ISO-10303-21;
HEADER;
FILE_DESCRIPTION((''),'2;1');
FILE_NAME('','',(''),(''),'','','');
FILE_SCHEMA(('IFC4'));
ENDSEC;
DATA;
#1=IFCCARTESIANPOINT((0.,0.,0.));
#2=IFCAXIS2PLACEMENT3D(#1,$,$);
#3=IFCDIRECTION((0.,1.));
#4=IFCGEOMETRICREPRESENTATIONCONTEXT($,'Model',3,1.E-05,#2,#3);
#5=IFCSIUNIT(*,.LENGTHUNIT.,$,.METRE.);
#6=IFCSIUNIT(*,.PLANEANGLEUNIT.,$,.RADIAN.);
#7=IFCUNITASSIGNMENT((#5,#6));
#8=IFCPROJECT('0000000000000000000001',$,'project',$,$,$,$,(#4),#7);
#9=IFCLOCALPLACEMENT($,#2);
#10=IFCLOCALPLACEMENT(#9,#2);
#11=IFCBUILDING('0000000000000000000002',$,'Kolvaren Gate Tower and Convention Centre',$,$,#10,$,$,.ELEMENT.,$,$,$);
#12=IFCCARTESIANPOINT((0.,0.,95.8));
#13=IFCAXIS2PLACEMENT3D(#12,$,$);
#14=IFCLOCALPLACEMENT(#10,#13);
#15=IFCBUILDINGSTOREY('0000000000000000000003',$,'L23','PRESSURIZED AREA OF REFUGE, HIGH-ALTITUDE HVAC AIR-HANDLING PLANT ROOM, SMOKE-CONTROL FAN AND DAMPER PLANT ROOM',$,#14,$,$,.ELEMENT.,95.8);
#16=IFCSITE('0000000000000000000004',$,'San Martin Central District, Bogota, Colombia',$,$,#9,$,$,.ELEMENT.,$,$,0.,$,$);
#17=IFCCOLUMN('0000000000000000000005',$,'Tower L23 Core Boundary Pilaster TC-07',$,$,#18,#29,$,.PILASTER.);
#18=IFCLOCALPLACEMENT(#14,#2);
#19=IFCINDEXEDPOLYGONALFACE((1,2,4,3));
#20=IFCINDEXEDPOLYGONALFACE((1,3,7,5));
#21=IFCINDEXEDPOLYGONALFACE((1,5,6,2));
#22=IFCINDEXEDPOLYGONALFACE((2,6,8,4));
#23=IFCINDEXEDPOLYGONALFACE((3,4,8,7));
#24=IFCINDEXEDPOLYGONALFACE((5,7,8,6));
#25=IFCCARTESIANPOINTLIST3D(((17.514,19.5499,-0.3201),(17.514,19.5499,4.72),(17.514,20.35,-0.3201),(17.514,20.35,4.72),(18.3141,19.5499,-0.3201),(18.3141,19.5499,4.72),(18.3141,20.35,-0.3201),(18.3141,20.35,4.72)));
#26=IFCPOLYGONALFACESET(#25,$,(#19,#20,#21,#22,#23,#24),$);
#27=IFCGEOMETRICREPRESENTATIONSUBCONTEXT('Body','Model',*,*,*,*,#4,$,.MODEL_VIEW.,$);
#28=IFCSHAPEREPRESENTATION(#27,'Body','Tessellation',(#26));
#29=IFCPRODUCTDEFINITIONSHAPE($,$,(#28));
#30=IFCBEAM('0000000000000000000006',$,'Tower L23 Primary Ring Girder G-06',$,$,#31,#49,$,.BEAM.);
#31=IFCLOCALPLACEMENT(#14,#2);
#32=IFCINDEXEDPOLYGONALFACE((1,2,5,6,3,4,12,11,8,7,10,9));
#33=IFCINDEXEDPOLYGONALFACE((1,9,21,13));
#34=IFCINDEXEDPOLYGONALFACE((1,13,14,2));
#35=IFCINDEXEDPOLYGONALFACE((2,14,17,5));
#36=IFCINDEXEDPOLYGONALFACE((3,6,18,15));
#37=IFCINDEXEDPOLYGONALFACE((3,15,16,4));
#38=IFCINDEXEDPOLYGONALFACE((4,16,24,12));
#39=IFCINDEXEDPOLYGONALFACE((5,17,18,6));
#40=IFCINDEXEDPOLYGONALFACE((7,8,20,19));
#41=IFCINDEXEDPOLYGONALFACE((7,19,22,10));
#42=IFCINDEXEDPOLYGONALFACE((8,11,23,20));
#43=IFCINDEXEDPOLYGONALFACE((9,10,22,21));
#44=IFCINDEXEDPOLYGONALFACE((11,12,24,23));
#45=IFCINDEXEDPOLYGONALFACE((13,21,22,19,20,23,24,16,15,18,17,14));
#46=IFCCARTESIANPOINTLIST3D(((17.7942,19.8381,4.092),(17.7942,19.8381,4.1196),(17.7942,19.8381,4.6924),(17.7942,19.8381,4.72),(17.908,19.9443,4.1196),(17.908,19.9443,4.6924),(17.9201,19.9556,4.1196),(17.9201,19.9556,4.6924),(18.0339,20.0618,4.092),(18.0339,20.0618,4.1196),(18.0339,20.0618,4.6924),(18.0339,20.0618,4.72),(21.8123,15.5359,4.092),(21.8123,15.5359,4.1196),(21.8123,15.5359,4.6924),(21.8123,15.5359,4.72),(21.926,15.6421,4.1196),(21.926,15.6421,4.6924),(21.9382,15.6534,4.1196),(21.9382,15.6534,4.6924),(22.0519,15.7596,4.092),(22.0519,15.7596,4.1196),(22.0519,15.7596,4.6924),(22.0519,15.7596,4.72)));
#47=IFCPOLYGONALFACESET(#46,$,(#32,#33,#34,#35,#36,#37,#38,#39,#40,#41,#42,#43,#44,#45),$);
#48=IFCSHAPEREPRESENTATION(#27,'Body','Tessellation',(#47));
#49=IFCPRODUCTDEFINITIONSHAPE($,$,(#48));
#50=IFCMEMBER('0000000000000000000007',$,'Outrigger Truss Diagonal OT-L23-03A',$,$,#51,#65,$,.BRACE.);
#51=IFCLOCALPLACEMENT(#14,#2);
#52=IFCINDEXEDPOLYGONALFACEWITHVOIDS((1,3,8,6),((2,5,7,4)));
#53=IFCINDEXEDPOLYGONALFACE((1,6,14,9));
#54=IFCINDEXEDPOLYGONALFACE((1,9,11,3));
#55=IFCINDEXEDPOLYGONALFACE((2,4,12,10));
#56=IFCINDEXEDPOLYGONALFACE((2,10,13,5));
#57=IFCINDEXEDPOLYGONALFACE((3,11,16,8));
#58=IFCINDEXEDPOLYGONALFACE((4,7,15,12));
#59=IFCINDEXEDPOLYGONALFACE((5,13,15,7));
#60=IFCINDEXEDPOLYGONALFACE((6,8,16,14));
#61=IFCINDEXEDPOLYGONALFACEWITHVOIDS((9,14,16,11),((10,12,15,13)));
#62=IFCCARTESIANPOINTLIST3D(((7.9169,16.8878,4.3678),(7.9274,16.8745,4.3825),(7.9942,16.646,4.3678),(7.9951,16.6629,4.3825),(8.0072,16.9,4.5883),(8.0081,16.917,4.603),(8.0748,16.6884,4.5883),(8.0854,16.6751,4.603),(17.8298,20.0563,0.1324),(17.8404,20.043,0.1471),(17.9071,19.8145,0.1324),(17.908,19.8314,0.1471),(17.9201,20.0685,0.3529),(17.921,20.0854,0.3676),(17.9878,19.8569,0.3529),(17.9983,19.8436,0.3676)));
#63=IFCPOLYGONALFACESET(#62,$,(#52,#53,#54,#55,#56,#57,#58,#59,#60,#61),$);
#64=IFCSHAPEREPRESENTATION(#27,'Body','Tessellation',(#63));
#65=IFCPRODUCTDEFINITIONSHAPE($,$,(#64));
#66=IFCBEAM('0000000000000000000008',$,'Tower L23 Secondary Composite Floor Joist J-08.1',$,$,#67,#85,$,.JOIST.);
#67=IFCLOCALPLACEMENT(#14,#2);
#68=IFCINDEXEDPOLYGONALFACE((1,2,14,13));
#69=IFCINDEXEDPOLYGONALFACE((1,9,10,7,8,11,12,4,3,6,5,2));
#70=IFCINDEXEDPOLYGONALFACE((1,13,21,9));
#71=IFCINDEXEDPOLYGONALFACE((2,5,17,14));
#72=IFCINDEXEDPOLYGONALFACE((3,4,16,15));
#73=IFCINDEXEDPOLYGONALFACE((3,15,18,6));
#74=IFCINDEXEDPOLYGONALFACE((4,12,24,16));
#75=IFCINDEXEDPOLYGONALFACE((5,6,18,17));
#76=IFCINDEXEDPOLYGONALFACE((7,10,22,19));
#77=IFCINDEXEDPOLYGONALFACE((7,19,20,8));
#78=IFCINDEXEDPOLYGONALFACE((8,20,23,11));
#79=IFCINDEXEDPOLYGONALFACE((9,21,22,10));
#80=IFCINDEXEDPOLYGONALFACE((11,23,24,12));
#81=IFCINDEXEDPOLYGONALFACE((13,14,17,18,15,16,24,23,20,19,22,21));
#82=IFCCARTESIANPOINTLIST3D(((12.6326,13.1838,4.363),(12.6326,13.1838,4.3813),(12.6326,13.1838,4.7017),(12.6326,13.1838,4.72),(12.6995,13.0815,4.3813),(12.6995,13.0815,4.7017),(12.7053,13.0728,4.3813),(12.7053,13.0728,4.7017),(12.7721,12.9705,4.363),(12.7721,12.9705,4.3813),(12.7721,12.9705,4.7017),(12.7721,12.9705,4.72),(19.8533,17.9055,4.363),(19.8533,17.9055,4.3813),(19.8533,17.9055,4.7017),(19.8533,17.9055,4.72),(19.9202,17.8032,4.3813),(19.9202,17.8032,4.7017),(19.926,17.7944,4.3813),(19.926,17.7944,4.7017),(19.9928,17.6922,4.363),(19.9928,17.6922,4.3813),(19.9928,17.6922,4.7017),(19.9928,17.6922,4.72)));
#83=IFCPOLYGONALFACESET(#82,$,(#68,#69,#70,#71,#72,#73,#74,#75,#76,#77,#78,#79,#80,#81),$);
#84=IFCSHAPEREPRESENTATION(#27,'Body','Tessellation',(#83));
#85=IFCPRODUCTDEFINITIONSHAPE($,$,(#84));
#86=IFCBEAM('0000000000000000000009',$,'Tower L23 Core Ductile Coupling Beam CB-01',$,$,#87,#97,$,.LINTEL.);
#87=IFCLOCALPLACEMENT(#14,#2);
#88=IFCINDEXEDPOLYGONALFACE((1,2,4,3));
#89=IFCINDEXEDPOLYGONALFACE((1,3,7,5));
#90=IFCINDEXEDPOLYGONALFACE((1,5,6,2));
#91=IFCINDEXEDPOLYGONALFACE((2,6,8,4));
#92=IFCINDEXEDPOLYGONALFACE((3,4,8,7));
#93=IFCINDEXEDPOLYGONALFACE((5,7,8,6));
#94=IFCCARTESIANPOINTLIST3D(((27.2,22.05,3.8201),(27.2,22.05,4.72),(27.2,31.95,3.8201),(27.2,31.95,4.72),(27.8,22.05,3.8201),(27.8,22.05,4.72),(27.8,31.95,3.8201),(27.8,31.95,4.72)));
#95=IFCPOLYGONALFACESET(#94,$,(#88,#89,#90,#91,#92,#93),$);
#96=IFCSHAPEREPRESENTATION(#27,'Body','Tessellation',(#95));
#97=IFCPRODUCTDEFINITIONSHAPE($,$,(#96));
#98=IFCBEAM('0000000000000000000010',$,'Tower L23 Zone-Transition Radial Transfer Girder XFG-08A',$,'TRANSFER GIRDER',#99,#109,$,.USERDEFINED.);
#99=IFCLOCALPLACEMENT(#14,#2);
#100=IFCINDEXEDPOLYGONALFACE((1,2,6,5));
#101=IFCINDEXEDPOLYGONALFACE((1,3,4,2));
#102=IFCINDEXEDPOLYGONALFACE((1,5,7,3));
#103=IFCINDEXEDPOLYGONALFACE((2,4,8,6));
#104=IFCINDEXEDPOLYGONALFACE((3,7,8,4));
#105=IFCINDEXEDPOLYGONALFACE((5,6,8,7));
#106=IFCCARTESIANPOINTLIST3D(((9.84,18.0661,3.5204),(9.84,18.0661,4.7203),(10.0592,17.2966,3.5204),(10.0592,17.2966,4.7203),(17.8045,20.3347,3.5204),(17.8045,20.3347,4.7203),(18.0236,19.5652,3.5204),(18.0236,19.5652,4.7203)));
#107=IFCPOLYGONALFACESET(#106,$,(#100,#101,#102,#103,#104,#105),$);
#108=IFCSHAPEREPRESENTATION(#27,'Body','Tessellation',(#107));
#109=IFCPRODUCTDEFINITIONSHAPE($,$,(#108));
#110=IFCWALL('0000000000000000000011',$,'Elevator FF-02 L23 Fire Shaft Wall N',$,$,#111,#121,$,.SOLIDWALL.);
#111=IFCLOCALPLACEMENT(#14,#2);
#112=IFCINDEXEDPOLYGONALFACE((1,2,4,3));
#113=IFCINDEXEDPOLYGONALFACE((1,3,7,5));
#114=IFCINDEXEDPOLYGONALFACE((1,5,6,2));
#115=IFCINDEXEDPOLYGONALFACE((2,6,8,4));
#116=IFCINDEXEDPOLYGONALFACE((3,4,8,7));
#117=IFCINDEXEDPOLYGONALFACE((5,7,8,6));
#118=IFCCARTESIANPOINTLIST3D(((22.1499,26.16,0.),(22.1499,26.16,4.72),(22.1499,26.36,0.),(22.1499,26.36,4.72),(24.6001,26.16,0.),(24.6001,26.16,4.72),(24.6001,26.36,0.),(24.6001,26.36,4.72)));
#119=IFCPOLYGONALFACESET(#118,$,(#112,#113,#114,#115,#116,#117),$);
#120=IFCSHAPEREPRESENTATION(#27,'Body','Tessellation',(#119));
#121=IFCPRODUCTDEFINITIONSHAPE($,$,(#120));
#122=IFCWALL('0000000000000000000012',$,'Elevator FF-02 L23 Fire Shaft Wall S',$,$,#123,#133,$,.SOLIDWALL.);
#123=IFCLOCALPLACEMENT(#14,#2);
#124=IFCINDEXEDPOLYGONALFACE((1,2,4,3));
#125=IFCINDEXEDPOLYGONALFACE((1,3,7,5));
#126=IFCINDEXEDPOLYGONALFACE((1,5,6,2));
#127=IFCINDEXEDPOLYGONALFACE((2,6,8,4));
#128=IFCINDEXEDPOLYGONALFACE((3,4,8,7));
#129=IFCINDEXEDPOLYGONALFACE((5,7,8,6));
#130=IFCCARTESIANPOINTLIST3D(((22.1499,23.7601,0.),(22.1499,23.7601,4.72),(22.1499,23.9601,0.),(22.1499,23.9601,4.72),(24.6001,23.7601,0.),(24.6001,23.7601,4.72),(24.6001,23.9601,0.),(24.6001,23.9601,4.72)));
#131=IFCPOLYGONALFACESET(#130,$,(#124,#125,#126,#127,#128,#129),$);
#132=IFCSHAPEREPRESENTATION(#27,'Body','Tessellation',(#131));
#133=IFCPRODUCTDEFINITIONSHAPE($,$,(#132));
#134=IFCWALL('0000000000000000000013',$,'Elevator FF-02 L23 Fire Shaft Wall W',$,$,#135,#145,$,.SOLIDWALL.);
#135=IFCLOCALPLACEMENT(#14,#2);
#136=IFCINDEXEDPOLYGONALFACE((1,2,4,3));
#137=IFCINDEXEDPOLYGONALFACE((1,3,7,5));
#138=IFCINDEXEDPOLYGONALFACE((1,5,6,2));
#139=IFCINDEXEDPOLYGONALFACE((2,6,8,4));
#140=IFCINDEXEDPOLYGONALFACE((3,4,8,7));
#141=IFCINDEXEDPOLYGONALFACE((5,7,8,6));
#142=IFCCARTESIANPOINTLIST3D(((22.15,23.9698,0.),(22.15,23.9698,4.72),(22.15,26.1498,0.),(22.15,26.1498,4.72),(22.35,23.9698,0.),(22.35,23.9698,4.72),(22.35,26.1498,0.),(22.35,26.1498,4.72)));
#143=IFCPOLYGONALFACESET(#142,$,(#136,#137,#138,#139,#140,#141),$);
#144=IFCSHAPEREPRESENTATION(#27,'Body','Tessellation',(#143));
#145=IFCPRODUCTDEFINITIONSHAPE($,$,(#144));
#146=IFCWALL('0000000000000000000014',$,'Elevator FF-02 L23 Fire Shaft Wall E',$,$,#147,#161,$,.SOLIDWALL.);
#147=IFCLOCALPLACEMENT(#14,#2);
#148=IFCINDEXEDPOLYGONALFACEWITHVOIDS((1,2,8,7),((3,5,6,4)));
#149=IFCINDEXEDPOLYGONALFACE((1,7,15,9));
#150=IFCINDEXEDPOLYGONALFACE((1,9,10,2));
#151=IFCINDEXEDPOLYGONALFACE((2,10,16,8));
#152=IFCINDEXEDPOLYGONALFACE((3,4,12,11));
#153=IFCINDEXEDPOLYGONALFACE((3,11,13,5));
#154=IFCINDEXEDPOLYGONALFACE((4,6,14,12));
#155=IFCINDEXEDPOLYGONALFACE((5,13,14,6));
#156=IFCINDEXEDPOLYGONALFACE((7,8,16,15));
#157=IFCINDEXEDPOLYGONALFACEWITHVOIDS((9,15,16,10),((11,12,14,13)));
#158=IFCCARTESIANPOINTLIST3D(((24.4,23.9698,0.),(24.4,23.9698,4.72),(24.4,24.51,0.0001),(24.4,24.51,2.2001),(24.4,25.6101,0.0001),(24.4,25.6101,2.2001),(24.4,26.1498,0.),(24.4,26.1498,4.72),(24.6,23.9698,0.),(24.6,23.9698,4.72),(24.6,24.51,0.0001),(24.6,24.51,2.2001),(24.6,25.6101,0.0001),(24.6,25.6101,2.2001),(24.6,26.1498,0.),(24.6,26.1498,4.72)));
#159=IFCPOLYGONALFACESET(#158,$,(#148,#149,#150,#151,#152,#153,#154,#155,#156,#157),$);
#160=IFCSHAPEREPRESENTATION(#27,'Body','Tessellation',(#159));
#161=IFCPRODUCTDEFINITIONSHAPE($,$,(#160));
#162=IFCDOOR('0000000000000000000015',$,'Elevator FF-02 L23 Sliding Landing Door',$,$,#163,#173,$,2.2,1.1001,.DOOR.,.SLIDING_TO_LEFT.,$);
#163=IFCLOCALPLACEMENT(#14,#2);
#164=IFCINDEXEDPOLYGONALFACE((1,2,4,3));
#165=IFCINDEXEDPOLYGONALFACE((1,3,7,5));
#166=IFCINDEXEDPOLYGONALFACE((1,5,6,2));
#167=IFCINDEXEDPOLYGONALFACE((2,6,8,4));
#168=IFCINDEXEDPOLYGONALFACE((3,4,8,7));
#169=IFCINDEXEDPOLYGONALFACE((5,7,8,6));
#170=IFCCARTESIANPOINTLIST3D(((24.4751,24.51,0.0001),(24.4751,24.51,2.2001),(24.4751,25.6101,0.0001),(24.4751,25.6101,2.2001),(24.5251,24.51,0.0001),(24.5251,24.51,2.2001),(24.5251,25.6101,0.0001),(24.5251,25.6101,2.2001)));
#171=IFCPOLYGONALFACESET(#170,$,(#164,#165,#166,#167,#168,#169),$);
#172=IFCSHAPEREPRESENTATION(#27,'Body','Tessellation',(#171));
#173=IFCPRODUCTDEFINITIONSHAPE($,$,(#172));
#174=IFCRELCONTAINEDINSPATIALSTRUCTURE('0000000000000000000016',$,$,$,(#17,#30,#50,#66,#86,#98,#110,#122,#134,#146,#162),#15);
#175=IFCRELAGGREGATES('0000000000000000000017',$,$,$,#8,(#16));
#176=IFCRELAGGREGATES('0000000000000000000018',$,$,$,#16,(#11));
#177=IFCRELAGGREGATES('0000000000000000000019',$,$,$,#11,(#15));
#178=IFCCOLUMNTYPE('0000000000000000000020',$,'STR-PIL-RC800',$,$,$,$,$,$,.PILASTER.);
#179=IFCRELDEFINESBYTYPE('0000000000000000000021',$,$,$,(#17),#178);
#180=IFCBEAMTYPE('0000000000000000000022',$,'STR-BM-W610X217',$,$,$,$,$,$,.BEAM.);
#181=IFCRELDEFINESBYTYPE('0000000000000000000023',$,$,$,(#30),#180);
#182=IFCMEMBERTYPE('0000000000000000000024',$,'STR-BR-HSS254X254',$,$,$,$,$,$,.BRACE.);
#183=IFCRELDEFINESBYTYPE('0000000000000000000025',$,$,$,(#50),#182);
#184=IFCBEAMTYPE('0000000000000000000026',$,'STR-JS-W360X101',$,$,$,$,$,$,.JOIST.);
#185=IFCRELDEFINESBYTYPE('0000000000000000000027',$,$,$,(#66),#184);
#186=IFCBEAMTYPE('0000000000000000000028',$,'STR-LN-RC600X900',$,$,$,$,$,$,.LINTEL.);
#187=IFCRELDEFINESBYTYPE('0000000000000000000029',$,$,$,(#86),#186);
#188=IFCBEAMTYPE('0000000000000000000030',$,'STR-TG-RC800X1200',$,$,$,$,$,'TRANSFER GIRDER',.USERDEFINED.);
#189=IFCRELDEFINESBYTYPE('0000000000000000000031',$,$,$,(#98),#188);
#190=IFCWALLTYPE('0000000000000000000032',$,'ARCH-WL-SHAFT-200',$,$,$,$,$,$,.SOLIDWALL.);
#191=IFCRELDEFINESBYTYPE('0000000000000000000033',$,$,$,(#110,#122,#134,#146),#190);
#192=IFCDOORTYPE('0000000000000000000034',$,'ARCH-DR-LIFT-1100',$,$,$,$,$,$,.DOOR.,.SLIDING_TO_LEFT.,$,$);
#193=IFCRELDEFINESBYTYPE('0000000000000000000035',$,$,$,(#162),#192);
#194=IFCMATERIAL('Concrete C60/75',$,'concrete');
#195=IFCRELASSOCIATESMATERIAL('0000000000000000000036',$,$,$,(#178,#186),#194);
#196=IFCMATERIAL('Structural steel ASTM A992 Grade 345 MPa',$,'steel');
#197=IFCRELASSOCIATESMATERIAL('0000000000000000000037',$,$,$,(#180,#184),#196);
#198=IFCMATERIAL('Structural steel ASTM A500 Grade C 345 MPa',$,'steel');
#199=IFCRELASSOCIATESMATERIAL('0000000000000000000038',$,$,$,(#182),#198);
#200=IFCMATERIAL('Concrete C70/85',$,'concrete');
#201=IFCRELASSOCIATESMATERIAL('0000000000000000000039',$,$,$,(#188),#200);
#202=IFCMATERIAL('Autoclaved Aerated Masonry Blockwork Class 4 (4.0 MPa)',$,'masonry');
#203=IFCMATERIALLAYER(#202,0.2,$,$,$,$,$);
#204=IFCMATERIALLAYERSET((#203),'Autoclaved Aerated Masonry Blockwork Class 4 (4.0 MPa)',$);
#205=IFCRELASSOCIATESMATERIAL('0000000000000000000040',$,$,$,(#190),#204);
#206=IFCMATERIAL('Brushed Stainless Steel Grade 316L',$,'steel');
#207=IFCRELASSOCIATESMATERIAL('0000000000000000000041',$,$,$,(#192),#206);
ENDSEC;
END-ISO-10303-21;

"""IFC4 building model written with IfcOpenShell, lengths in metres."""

from ifc_helpers import new_model, si_unit, direction, frame, frame_2d, origin, origin_2d, place, context, subcontext, project, spatial, rectangle, hollow_rectangle, i_section, extrude, material, layer, layer_set, material_profile, profile_set, type_object, element, fill, save


model = new_model("IFC4")

# Units and contexts
model_context = context("Model", 3, precision=1e-05, world=origin(), true_north=direction((0.0, 1.0)))
body_context = subcontext(model_context, "Body", "Model", "MODEL_VIEW")
ifc_project = project(units=[si_unit("LENGTHUNIT", "METRE"), si_unit("PLANEANGLEUNIT", "RADIAN")], contexts=[model_context])

# Site, building, storey
site_placement = place(None, origin())
site = spatial("IfcSite", under=ifc_project, at=site_placement, Name="San Martin Central District, Bogota, Colombia", CompositionType="ELEMENT", RefElevation=0.0)
building_placement = place(site_placement, origin())
building = spatial("IfcBuilding", under=site, at=building_placement, Name="Kolvaren Gate Tower and Convention Centre", CompositionType="ELEMENT")
storey_placement = place(building_placement, frame((0.0, 0.0, 95.8)))
storey = spatial("IfcBuildingStorey", under=building, at=storey_placement, Name="L23", Description="PRESSURIZED AREA OF REFUGE, HIGH-ALTITUDE HVAC AIR-HANDLING PLANT ROOM, SMOKE-CONTROL FAN AND DAMPER PLANT ROOM", CompositionType="ELEMENT", Elevation=95.8)

# Column
ifc_material_1 = material(Name="Concrete C60/75", Category="concrete")
ifc_material_profile_1 = material_profile(ifc_material_1, rectangle(XDim=0.8, YDim=0.8, at=origin_2d()), Name="RC-COL-800X800")
ifc_profile_set_1 = profile_set([ifc_material_profile_1], Name="Concrete C60/75")
column_type = type_object("IfcColumnType", Name="STR-PIL-RC800", PredefinedType="PILASTER", material=ifc_profile_set_1)
column_placement = place(storey_placement, frame((17.9141, 19.95, -0.3201), z_axis=(0.0, 0.0, 1.0), x_axis=(1.0, 0.0, 0.0)))
element("IfcColumn", 1, at=column_placement, inside=storey, type_object=column_type, Name="Tower L23 Core Boundary Pilaster TC-07", PredefinedType="PILASTER", context=body_context, shape_type="SweptSolid", body=[
    extrude(rectangle(XDim=0.8, YDim=0.8, at=origin_2d()), origin(), (0.0, 0.0, 1.0), 5.04),
])

# Beam
ifc_material_2 = material(Name="Structural steel ASTM A992 Grade 345 MPa", Category="steel")
ifc_material_profile_2 = material_profile(ifc_material_2, i_section(OverallWidth=0.3279, OverallDepth=0.6279, WebThickness=0.0166, FlangeThickness=0.0276, at=origin_2d()), Name="W610X217")
ifc_profile_set_2 = profile_set([ifc_material_profile_2], Name="Structural steel ASTM A992 Grade 345 MPa")
beam_type_1 = type_object("IfcBeamType", Name="STR-BM-W610X217", PredefinedType="BEAM", material=ifc_profile_set_2)
beam_1_placement = place(storey_placement, frame((17.9141, 19.95, 4.406), z_axis=(0.682558, -0.730832, 0.0), x_axis=(0.730832, 0.682558, 0.0)))
element("IfcBeam", 2, at=beam_1_placement, inside=storey, type_object=beam_type_1, Name="Tower L23 Primary Ring Girder G-06", PredefinedType="BEAM", context=body_context, shape_type="SweptSolid", body=[
    extrude(i_section(OverallWidth=0.3279, OverallDepth=0.6279, WebThickness=0.0166, FlangeThickness=0.0276, at=origin_2d()), origin(), (0.0, 0.0, 1.0), 5.8867),
])

# Member
ifc_material_3 = material(Name="Structural steel ASTM A500 Grade C 345 MPa", Category="steel")
ifc_material_profile_3 = material_profile(ifc_material_3, hollow_rectangle(XDim=0.2539, YDim=0.2539, WallThickness=0.0159, at=origin_2d()), Name="HSS254X254X15.9")
ifc_profile_set_3 = profile_set([ifc_material_profile_3], Name="Structural steel ASTM A500 Grade C 345 MPa")
member_type = type_object("IfcMemberType", Name="STR-BR-HSS254X254", PredefinedType="BRACE", material=ifc_profile_set_3)
member_placement = place(storey_placement, frame((17.9141, 19.95, 0.25), z_axis=(-0.88226, -0.281998, 0.376954), x_axis=(0.304457, -0.952526, 0.0)))
element("IfcMember", 3, at=member_placement, inside=storey, type_object=member_type, Name="Outrigger Truss Diagonal OT-L23-03A", PredefinedType="BRACE", context=body_context, shape_type="SweptSolid", body=[
    extrude(hollow_rectangle(XDim=0.2539, YDim=0.2539, WallThickness=0.0159, at=origin_2d()), origin(), (0.0, 0.0, 1.0), 11.2358),
])

# Beams
ifc_material_profile_4 = material_profile(ifc_material_2, i_section(OverallWidth=0.2549, OverallDepth=0.3569, WebThickness=0.0105, FlangeThickness=0.0183, at=origin_2d()), Name="W360X101")
ifc_profile_set_4 = profile_set([ifc_material_profile_4], Name="Structural steel ASTM A992 Grade 345 MPa")
beam_type_2 = type_object("IfcBeamType", Name="STR-JS-W360X101", PredefinedType="JOIST", material=ifc_profile_set_4)
beam_2_placement = place(storey_placement, frame((19.9231, 17.7988, 4.5415), z_axis=(-0.836946, -0.547286, 0.0), x_axis=(0.547286, -0.836946, 0.0)))
element("IfcBeam", 4, at=beam_2_placement, inside=storey, type_object=beam_type_2, Name="Tower L23 Secondary Composite Floor Joist J-08.1", PredefinedType="JOIST", context=body_context, shape_type="SweptSolid", body=[
    extrude(i_section(OverallWidth=0.2549, OverallDepth=0.3569, WebThickness=0.0105, FlangeThickness=0.0183, at=origin_2d()), origin(), (0.0, 0.0, 1.0), 8.6274),
])
ifc_material_profile_5 = material_profile(ifc_material_1, rectangle(XDim=0.6001, YDim=0.8999, at=origin_2d()), Name="RC-BM-600X900")
ifc_profile_set_5 = profile_set([ifc_material_profile_5], Name="Concrete C60/75")
beam_type_3 = type_object("IfcBeamType", Name="STR-LN-RC600X900", PredefinedType="LINTEL", material=ifc_profile_set_5)
beam_3_placement = place(storey_placement, frame((27.5, 22.05, 4.27), z_axis=(0.0, 1.0, 0.0), x_axis=(-1.0, 0.0, 0.0)))
element("IfcBeam", 5, at=beam_3_placement, inside=storey, type_object=beam_type_3, Name="Tower L23 Core Ductile Coupling Beam CB-01", PredefinedType="LINTEL", context=body_context, shape_type="SweptSolid", body=[
    extrude(rectangle(XDim=0.6001, YDim=0.8999, at=origin_2d()), origin(), (0.0, 0.0, 1.0), 9.8999),
])
ifc_material_4 = material(Name="Concrete C70/85", Category="concrete")
ifc_material_profile_6 = material_profile(ifc_material_4, rectangle(XDim=0.8, YDim=1.2, at=origin_2d()), Name="RC-BM-800X1200")
ifc_profile_set_6 = profile_set([ifc_material_profile_6], Name="Concrete C70/85")
beam_type_4 = type_object("IfcBeamType", Name="STR-TG-RC800X1200", ElementType="TRANSFER GIRDER", PredefinedType="USERDEFINED", material=ifc_profile_set_6)
beam_4_placement = place(storey_placement, frame((17.9141, 19.95, 4.1204), z_axis=(-0.961746, -0.273942, 0.0), x_axis=(0.273942, -0.961746, 0.0)))
element("IfcBeam", 6, at=beam_4_placement, inside=storey, type_object=beam_type_4, Name="Tower L23 Zone-Transition Radial Transfer Girder XFG-08A", ObjectType="TRANSFER GIRDER", PredefinedType="USERDEFINED", context=body_context, shape_type="SweptSolid", body=[
    extrude(rectangle(XDim=0.8, YDim=1.2, at=origin_2d()), origin(), (0.0, 0.0, 1.0), 8.2812),
])

# Walls
ifc_material_5 = material(Name="Autoclaved Aerated Masonry Blockwork Class 4 (4.0 MPa)", Category="masonry")
ifc_layer_1 = layer(ifc_material_5, 0.2)
ifc_layer_set_1 = layer_set([ifc_layer_1], Name="Autoclaved Aerated Masonry Blockwork Class 4 (4.0 MPa)")
wall_type_1 = type_object("IfcWallType", Name="ARCH-WL-SHAFT-200", PredefinedType="SOLIDWALL", material=ifc_layer_set_1)
for number, where, z_axis, x_axis, name in (
    (7, (22.1499, 26.26, 0.0), (0.0, 0.0, 1.0), (1.0, 0.0, 0.0), "Elevator FF-02 L23 Fire Shaft Wall N"),
    (8, (22.1499, 23.8601, 0.0), (0.0, 0.0, 1.0), (1.0, 0.0, 0.0), "Elevator FF-02 L23 Fire Shaft Wall S"),
):
    element("IfcWall", number, at=place(storey_placement, frame(where, z_axis=z_axis, x_axis=x_axis)), inside=storey, type_object=wall_type_1, Name=name, PredefinedType="SOLIDWALL", context=body_context, shape_type="SweptSolid", body=[
        extrude(rectangle(XDim=2.4502, YDim=0.2, at=frame_2d((1.2251, 0.0))), origin(), (0.0, 0.0, 1.0), 4.72),
    ])
wall_1_placement = place(storey_placement, frame((22.25, 23.97, 0.0), z_axis=(0.0, 0.0, 1.0), x_axis=(0.0, 1.0, 0.0)))
element("IfcWall", 9, at=wall_1_placement, inside=storey, type_object=wall_type_1, Name="Elevator FF-02 L23 Fire Shaft Wall W", PredefinedType="SOLIDWALL", context=body_context, shape_type="SweptSolid", body=[
    extrude(rectangle(XDim=2.1799, YDim=0.2, at=frame_2d((1.0898, 0.0))), origin(), (0.0, 0.0, 1.0), 4.72),
])

# Wall, opening, door
wall_2_placement = place(storey_placement, frame((24.5, 23.97, 0.0), z_axis=(0.0, 0.0, 1.0), x_axis=(0.0, 1.0, 0.0)))
wall_2 = element("IfcWall", 10, at=wall_2_placement, inside=storey, type_object=wall_type_1, Name="Elevator FF-02 L23 Fire Shaft Wall E", PredefinedType="SOLIDWALL", context=body_context, shape_type="SweptSolid", body=[
    extrude(rectangle(XDim=2.1799, YDim=0.2, at=frame_2d((1.0898, 0.0))), origin(), (0.0, 0.0, 1.0), 4.72),
])
opening_1_placement = place(wall_2_placement, frame((0.54, 0.0, 0.0)))
opening_1 = element("IfcOpeningElement", 11, at=opening_1_placement, cuts=wall_2, PredefinedType="OPENING", context=body_context, shape_type="SweptSolid", body=[
    extrude(rectangle(XDim=1.1001, YDim=2.2, at=frame_2d((0.55, 1.1001))), frame((0.0, 0.1099, 0.0), z_axis=(0.0, -1.0, 0.0), x_axis=(1.0, 0.0, 0.0)), (0.0, 0.0, 1.0), 0.22),
])
ifc_material_6 = material(Name="Brushed Stainless Steel Grade 316L", Category="steel")
door_type_1 = type_object("IfcDoorType", Name="ARCH-DR-LIFT-1100", OperationType="SLIDING_TO_LEFT", PredefinedType="DOOR", material=ifc_material_6)
door_1_placement = place(opening_1_placement, origin())
door_1 = element("IfcDoor", 12, at=door_1_placement, inside=storey, type_object=door_type_1, Name="Elevator FF-02 L23 Sliding Landing Door", OperationType="SLIDING_TO_LEFT", OverallHeight=2.2, OverallWidth=1.1001, PredefinedType="DOOR", context=body_context, shape_type="SweptSolid", body=[
    extrude(rectangle(XDim=1.1001, YDim=2.2, at=frame_2d((0.55, 1.1001))), frame((0.0, 0.0249, 0.0), z_axis=(0.0, -1.0, 0.0), x_axis=(1.0, 0.0, 0.0)), (0.0, 0.0, 1.0), 0.05),
])
fill(opening_1, door_1)

save(model, "model.ifc")
